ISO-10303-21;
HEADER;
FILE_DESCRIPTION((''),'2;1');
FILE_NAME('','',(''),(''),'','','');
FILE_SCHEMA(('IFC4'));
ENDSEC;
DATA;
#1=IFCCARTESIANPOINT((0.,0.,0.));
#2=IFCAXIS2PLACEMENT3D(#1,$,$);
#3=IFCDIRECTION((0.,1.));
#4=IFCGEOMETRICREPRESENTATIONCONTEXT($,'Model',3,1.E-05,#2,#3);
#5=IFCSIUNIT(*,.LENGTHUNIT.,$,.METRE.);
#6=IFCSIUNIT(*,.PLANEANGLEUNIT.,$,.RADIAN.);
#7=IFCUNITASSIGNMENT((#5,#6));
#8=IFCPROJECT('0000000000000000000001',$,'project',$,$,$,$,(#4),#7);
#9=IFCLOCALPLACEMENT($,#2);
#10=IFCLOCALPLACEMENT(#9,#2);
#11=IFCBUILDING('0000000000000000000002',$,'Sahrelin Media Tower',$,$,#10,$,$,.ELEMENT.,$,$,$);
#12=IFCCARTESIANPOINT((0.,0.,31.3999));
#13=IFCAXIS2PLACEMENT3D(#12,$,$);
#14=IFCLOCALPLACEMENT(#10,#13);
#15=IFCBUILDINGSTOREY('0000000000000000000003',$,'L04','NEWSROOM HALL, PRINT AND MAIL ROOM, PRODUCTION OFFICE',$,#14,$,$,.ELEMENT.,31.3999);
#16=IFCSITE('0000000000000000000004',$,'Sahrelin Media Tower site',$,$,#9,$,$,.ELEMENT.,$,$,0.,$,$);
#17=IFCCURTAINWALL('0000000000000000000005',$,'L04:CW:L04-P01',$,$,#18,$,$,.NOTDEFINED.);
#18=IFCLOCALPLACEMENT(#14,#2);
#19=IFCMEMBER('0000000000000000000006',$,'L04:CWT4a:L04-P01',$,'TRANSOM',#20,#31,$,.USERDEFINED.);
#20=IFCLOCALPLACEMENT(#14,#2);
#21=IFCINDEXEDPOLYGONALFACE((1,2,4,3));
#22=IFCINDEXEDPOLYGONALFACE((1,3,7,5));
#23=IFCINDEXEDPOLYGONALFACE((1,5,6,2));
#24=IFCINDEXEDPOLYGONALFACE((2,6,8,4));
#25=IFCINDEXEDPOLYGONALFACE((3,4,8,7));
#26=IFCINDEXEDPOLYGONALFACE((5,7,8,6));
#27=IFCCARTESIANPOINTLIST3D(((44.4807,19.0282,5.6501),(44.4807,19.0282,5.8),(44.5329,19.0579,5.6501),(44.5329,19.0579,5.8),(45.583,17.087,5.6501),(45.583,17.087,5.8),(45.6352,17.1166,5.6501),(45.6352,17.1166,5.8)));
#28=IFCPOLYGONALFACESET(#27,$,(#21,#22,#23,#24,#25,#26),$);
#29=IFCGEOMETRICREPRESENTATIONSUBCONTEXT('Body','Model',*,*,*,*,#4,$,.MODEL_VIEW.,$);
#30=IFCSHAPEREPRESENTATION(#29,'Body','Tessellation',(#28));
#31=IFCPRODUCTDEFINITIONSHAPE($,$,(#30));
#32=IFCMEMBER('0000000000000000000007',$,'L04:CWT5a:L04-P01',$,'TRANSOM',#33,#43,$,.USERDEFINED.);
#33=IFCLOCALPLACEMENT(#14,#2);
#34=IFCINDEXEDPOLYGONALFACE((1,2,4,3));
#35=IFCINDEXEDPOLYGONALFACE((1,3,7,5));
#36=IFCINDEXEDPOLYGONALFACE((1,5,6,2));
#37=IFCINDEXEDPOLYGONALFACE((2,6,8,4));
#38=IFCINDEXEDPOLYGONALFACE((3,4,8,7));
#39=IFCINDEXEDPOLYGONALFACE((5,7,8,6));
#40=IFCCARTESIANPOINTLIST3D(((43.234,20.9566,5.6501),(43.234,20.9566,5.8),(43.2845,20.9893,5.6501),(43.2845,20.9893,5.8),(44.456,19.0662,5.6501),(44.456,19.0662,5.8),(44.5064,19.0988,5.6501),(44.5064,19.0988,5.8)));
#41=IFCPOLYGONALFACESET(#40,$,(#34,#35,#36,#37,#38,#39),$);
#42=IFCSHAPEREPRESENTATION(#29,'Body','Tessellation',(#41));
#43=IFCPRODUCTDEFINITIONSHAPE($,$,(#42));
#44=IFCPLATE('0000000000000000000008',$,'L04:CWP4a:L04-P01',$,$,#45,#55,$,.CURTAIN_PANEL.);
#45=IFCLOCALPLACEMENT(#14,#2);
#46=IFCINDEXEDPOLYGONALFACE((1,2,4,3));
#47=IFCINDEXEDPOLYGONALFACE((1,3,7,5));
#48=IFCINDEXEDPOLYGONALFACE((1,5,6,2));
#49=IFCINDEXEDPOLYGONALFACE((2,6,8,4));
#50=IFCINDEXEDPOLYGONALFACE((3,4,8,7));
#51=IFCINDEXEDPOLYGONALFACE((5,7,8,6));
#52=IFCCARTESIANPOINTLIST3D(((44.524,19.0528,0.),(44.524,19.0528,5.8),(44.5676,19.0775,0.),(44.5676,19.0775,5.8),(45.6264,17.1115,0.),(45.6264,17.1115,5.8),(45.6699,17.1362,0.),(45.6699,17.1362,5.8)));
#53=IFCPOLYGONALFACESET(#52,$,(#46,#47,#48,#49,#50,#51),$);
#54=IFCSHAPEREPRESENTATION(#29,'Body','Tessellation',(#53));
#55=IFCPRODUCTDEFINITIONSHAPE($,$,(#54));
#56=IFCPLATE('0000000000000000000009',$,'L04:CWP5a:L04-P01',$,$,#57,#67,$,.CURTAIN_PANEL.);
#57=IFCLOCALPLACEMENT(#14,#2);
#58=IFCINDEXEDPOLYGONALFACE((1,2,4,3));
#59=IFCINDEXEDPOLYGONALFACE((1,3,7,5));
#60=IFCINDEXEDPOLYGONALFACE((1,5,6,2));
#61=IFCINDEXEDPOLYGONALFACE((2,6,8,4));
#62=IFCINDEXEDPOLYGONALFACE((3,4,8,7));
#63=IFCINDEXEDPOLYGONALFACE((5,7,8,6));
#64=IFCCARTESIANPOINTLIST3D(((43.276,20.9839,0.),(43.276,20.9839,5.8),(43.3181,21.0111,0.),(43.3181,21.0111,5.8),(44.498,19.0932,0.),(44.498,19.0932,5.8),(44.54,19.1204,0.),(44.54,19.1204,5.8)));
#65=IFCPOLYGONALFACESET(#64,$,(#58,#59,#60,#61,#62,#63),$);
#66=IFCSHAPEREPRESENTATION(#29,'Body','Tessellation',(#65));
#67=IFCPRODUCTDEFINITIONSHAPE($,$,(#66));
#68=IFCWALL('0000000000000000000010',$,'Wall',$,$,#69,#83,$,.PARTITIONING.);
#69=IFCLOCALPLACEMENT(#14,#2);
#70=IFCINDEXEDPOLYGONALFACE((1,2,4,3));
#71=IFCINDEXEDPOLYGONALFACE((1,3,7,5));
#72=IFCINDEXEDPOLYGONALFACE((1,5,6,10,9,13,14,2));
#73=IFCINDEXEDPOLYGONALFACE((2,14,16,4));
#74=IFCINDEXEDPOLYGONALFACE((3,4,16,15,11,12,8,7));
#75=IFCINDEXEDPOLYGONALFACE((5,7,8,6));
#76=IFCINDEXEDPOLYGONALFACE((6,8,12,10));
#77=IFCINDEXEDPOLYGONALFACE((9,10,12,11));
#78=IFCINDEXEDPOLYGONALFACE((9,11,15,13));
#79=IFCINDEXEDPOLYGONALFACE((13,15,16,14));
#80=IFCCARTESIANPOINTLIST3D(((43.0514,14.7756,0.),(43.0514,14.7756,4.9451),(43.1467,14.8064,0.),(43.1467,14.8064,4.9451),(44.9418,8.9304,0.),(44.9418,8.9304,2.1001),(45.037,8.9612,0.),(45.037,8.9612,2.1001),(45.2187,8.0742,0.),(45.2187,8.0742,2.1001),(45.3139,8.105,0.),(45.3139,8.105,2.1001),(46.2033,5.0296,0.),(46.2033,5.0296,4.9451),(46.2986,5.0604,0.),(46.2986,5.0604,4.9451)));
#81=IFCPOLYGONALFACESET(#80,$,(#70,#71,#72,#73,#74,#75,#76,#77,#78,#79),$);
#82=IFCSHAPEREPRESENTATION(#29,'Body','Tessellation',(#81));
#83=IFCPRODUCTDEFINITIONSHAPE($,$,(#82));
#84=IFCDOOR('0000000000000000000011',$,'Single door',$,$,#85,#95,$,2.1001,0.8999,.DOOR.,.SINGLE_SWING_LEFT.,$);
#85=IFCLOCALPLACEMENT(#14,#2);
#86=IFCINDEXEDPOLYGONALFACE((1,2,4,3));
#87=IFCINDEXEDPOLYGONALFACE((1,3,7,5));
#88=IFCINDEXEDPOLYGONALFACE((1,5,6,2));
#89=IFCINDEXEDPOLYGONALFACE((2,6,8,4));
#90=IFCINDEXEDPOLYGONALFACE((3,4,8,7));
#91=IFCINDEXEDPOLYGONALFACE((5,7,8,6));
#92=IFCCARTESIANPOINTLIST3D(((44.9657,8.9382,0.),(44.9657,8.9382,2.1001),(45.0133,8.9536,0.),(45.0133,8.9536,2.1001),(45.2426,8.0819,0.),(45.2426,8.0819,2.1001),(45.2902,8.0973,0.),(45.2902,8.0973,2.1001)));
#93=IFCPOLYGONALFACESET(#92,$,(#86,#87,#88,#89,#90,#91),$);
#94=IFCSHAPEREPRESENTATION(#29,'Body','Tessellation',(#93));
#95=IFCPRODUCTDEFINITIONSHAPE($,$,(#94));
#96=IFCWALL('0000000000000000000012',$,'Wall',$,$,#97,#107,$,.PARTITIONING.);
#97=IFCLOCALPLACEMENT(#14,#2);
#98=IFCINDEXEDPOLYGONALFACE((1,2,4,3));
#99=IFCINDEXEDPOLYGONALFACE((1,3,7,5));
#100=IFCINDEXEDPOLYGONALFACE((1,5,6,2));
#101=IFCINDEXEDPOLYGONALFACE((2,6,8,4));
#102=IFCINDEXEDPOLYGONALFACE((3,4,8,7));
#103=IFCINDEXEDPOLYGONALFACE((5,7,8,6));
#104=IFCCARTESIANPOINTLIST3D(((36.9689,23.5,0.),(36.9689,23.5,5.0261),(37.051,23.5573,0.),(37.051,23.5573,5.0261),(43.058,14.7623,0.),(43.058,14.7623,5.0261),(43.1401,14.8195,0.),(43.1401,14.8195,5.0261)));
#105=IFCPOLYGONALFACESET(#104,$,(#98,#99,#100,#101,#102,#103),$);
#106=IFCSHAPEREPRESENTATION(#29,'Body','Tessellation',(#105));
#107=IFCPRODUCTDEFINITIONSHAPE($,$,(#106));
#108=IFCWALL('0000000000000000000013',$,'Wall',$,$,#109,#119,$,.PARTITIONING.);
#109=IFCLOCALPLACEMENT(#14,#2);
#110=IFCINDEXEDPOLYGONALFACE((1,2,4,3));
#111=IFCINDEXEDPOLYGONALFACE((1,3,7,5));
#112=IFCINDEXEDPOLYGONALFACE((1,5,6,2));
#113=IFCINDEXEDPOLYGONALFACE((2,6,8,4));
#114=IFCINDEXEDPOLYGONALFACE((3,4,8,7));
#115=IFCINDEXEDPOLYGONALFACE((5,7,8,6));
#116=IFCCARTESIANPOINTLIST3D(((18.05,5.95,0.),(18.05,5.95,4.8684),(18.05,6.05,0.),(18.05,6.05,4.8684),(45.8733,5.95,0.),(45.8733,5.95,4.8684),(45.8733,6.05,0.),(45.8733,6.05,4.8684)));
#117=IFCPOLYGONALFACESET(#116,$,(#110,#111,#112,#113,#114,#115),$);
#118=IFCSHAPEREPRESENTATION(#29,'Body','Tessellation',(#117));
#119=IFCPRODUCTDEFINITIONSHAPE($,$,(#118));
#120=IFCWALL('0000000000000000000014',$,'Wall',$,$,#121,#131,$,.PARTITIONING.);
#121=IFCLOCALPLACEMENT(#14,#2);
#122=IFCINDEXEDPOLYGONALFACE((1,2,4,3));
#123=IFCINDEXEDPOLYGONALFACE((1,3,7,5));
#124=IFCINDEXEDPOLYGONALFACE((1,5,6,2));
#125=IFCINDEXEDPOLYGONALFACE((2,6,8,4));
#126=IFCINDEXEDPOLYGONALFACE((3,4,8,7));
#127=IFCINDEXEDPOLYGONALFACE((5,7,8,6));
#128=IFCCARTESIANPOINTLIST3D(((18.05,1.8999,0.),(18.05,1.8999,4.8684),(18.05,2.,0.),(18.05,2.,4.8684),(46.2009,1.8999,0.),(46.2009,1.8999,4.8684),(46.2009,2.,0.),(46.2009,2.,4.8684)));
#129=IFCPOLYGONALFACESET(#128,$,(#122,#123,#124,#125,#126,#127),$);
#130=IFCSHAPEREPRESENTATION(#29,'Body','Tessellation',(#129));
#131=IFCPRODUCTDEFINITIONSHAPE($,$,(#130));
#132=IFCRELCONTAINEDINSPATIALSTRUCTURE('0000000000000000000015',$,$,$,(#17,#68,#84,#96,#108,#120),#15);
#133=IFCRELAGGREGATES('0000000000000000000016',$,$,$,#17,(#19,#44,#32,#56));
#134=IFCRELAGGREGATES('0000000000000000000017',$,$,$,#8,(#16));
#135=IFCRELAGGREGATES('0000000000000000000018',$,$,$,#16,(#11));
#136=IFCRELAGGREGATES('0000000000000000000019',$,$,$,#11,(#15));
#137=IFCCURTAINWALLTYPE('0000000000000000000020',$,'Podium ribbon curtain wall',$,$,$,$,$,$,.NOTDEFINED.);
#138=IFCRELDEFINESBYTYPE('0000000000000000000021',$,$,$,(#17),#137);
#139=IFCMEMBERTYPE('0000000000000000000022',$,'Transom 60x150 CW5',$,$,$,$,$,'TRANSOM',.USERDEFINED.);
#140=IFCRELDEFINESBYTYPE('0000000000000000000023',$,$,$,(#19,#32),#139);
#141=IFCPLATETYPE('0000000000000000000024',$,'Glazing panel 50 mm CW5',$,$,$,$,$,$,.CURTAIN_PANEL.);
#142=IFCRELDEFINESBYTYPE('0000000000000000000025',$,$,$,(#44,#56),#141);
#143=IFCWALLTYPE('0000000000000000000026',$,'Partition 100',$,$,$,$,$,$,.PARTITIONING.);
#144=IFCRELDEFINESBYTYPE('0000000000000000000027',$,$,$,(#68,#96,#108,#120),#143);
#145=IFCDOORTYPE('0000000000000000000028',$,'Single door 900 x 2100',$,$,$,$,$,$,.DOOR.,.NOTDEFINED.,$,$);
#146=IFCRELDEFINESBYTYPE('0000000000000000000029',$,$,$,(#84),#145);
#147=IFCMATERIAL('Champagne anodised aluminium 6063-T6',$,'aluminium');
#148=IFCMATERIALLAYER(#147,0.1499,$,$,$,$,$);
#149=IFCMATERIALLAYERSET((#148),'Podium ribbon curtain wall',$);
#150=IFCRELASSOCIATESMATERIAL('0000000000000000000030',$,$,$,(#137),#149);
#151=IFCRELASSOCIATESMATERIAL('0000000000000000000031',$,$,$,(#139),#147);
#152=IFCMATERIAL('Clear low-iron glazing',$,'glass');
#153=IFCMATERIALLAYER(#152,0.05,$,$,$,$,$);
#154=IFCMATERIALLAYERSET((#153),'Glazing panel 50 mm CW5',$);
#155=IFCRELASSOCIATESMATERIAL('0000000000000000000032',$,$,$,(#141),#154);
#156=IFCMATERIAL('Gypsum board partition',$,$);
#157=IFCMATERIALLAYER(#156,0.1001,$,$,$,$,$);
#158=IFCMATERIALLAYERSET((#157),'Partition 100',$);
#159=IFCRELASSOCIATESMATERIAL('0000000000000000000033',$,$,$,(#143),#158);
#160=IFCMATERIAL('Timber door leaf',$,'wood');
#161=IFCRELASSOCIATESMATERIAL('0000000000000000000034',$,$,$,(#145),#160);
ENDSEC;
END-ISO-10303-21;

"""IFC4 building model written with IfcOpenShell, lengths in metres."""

from ifc_helpers import new_model, si_unit, direction, frame, frame_2d, origin, origin_2d, place, context, subcontext, project, spatial, polyline, rectangle, outline, extrude, material, layer, layer_set, material_profile, profile_set, type_object, element, fill, aggregate, save


model = new_model("IFC4")

# Units and contexts
model_context = context("Model", 3, precision=1e-05, world=origin(), true_north=direction((0.0, 1.0)))
body_context = subcontext(model_context, "Body", "Model", "MODEL_VIEW")
ifc_project = project(units=[si_unit("LENGTHUNIT", "METRE"), si_unit("PLANEANGLEUNIT", "RADIAN")], contexts=[model_context])

# Site, building, storey
site_placement = place(None, origin())
site = spatial("IfcSite", under=ifc_project, at=site_placement, Name="Sahrelin Media Tower site", CompositionType="ELEMENT", RefElevation=0.0)
building_placement = place(site_placement, origin())
building = spatial("IfcBuilding", under=site, at=building_placement, Name="Sahrelin Media Tower", CompositionType="ELEMENT")
storey_placement = place(building_placement, frame((0.0, 0.0, 31.3999)))
storey = spatial("IfcBuildingStorey", under=building, at=storey_placement, Name="L04", Description="NEWSROOM HALL, PRINT AND MAIL ROOM, PRODUCTION OFFICE", CompositionType="ELEMENT", Elevation=31.3999)

# Curtain wall
ifc_material_1 = material(Name="Champagne anodised aluminium 6063-T6", Category="aluminium")
ifc_layer_1 = layer(ifc_material_1, 0.1499)
ifc_layer_set_1 = layer_set([ifc_layer_1], Name="Podium ribbon curtain wall")
curtain_wall_type = type_object("IfcCurtainWallType", Name="Podium ribbon curtain wall", PredefinedType="NOTDEFINED", material=ifc_layer_set_1)
curtain_wall_placement = place(storey_placement, frame((48.2964, 10.8704, 0.0), z_axis=(0.0, 0.0, 1.0), x_axis=(1.0, 0.0, 0.0)))
curtain_wall = element("IfcCurtainWall", 1, at=curtain_wall_placement, inside=storey, type_object=curtain_wall_type, Name="L04:CW:L04-P01", PredefinedType="NOTDEFINED")

# Members
ifc_material_profile_1 = material_profile(ifc_material_1, rectangle(XDim=0.0601, YDim=0.1499, at=origin_2d()), Name="Transom 60x150")
ifc_profile_set_1 = profile_set([ifc_material_profile_1], Name="Champagne anodised aluminium 6063-T6")
member_type_1 = type_object("IfcMemberType", Name="Transom 60x150 CW5", ElementType="TRANSOM", PredefinedType="USERDEFINED", material=ifc_profile_set_1)
member_1_placement = place(storey_placement, frame((45.6091, 17.1018, 5.7251), z_axis=(-0.493793, 0.869579, 0.0), x_axis=(-0.869579, -0.493793, 0.0)))
member_1 = element("IfcMember", 2, at=member_1_placement, type_object=member_type_1, Name="L04:CWT4a:L04-P01", ObjectType="TRANSOM", PredefinedType="USERDEFINED", context=body_context, shape_type="SweptSolid", body=[
    extrude(rectangle(XDim=0.0601, YDim=0.1499, at=origin_2d()), origin(), (0.0, 0.0, 1.0), 2.2324),
])
member_2_placement = place(storey_placement, frame((44.4812, 19.0825, 5.7251), z_axis=(-0.542855, 0.839826, 0.0), x_axis=(-0.839826, -0.542855, 0.0)))
member_2 = element("IfcMember", 3, at=member_2_placement, type_object=member_type_1, Name="L04:CWT5a:L04-P01", ObjectType="TRANSOM", PredefinedType="USERDEFINED", context=body_context, shape_type="SweptSolid", body=[
    extrude(rectangle(XDim=0.0601, YDim=0.1499, at=origin_2d()), origin(), (0.0, 0.0, 1.0), 2.251),
])

# Plates
ifc_material_2 = material(Name="Clear low-iron glazing", Category="glass")
ifc_layer_2 = layer(ifc_material_2, 0.05)
ifc_layer_set_2 = layer_set([ifc_layer_2], Name="Glazing panel 50 mm CW5")
plate_type = type_object("IfcPlateType", Name="Glazing panel 50 mm CW5", PredefinedType="CURTAIN_PANEL", material=ifc_layer_set_2)
plate_1_placement = place(storey_placement, frame((45.6699, 17.1362, 0.0), z_axis=(0.869579, 0.493793, 0.0), x_axis=(-0.493793, 0.869579, 0.0)))
plate_1 = element("IfcPlate", 4, at=plate_1_placement, type_object=plate_type, Name="L04:CWP4a:L04-P01", PredefinedType="CURTAIN_PANEL", context=body_context, shape_type="SweptSolid", body=[
    extrude(outline(polyline([(0.0, 0.0), (2.2324, 0.0), (2.2324, 5.8), (0.0, 5.8), (0.0, 0.0)])), origin(), (0.0, 0.0, -1.0), 0.05),
])
plate_2_placement = place(storey_placement, frame((44.54, 19.1204, 0.0), z_axis=(0.839858, 0.542806, 0.0), x_axis=(-0.542806, 0.839858, 0.0)))
plate_2 = element("IfcPlate", 5, at=plate_2_placement, type_object=plate_type, Name="L04:CWP5a:L04-P01", PredefinedType="CURTAIN_PANEL", context=body_context, shape_type="SweptSolid", body=[
    extrude(outline(polyline([(0.0, 0.0), (2.2512, 0.0), (2.2512, 5.8), (0.0, 5.8), (0.0, 0.0)])), origin(), (0.0, 0.0, -1.0), 0.05),
])
aggregate(curtain_wall, [member_1, plate_1, member_2, plate_2])

# Wall, opening, door
ifc_material_3 = material(Name="Gypsum board partition")
ifc_layer_3 = layer(ifc_material_3, 0.1001)
ifc_layer_set_3 = layer_set([ifc_layer_3], Name="Partition 100")
wall_type = type_object("IfcWallType", Name="Partition 100", PredefinedType="PARTITIONING", material=ifc_layer_set_3)
wall_1_placement = place(storey_placement, frame((46.251, 5.0449, 0.0), z_axis=(0.0, 0.0, 1.0), x_axis=(-0.307713, 0.951479, 0.0)))
wall_1 = element("IfcWall", 6, at=wall_1_placement, inside=storey, type_object=wall_type, Name="Wall", PredefinedType="PARTITIONING", context=body_context, shape_type="SweptSolid", body=[
    extrude(rectangle(XDim=10.2429, YDim=0.1001, at=frame_2d((5.1216, 0.0))), origin(), (0.0, 0.0, 1.0), 4.9451),
])
opening_placement = place(wall_1_placement, frame((3.2, 0.0, 0.0)))
opening = element("IfcOpeningElement", 7, at=opening_placement, cuts=wall_1, PredefinedType="OPENING", context=body_context, shape_type="SweptSolid", body=[
    extrude(rectangle(XDim=0.8999, YDim=2.1001, at=frame_2d((0.45, 1.05))), frame((0.0, 0.05, 0.0), z_axis=(0.0, -1.0, 0.0), x_axis=(1.0, 0.0, 0.0)), (0.0, 0.0, 1.0), 0.1001),
])
ifc_material_4 = material(Name="Timber door leaf", Category="wood")
door_type = type_object("IfcDoorType", Name="Single door 900 x 2100", OperationType="NOTDEFINED", PredefinedType="DOOR", material=ifc_material_4)
door_placement = place(opening_placement, origin())
door = element("IfcDoor", 8, at=door_placement, inside=storey, type_object=door_type, Name="Single door", OperationType="SINGLE_SWING_LEFT", OverallHeight=2.1001, OverallWidth=0.8999, PredefinedType="DOOR", context=body_context, shape_type="SweptSolid", body=[
    extrude(rectangle(XDim=0.8999, YDim=2.1001, at=frame_2d((0.45, 1.05))), frame((0.0, 0.0249, 0.0), z_axis=(0.0, -1.0, 0.0), x_axis=(1.0, 0.0, 0.0)), (0.0, 0.0, 1.0), 0.05),
])
fill(opening, door)

# Walls
wall_2_placement = place(storey_placement, frame((43.0991, 14.7908, 0.0), z_axis=(0.0, 0.0, 1.0), x_axis=(-0.571738, 0.820436, 0.0)))
element("IfcWall", 9, at=wall_2_placement, inside=storey, type_object=wall_type, Name="Wall", PredefinedType="PARTITIONING", context=body_context, shape_type="SweptSolid", body=[
    extrude(rectangle(XDim=10.6501, YDim=0.1001, at=frame_2d((5.3252, 0.0))), origin(), (0.0, 0.0, 1.0), 5.0261),
])
wall_3_placement = place(storey_placement, frame((18.05, 6.0, 0.0), z_axis=(0.0, 0.0, 1.0), x_axis=(1.0, 0.0, 0.0)))
element("IfcWall", 10, at=wall_3_placement, inside=storey, type_object=wall_type, Name="Wall", PredefinedType="PARTITIONING", context=body_context, shape_type="SweptSolid", body=[
    extrude(rectangle(XDim=27.8232, YDim=0.1001, at=frame_2d((13.9116, 0.0))), origin(), (0.0, 0.0, 1.0), 4.8684),
])
wall_4_placement = place(storey_placement, frame((18.05, 1.95, 0.0), z_axis=(0.0, 0.0, 1.0), x_axis=(1.0, 0.0, 0.0)))
element("IfcWall", 11, at=wall_4_placement, inside=storey, type_object=wall_type, Name="Wall", PredefinedType="PARTITIONING", context=body_context, shape_type="SweptSolid", body=[
    extrude(rectangle(XDim=28.1509, YDim=0.1001, at=frame_2d((14.0754, 0.0))), origin(), (0.0, 0.0, 1.0), 4.8684),
])

save(model, "model.ifc")
